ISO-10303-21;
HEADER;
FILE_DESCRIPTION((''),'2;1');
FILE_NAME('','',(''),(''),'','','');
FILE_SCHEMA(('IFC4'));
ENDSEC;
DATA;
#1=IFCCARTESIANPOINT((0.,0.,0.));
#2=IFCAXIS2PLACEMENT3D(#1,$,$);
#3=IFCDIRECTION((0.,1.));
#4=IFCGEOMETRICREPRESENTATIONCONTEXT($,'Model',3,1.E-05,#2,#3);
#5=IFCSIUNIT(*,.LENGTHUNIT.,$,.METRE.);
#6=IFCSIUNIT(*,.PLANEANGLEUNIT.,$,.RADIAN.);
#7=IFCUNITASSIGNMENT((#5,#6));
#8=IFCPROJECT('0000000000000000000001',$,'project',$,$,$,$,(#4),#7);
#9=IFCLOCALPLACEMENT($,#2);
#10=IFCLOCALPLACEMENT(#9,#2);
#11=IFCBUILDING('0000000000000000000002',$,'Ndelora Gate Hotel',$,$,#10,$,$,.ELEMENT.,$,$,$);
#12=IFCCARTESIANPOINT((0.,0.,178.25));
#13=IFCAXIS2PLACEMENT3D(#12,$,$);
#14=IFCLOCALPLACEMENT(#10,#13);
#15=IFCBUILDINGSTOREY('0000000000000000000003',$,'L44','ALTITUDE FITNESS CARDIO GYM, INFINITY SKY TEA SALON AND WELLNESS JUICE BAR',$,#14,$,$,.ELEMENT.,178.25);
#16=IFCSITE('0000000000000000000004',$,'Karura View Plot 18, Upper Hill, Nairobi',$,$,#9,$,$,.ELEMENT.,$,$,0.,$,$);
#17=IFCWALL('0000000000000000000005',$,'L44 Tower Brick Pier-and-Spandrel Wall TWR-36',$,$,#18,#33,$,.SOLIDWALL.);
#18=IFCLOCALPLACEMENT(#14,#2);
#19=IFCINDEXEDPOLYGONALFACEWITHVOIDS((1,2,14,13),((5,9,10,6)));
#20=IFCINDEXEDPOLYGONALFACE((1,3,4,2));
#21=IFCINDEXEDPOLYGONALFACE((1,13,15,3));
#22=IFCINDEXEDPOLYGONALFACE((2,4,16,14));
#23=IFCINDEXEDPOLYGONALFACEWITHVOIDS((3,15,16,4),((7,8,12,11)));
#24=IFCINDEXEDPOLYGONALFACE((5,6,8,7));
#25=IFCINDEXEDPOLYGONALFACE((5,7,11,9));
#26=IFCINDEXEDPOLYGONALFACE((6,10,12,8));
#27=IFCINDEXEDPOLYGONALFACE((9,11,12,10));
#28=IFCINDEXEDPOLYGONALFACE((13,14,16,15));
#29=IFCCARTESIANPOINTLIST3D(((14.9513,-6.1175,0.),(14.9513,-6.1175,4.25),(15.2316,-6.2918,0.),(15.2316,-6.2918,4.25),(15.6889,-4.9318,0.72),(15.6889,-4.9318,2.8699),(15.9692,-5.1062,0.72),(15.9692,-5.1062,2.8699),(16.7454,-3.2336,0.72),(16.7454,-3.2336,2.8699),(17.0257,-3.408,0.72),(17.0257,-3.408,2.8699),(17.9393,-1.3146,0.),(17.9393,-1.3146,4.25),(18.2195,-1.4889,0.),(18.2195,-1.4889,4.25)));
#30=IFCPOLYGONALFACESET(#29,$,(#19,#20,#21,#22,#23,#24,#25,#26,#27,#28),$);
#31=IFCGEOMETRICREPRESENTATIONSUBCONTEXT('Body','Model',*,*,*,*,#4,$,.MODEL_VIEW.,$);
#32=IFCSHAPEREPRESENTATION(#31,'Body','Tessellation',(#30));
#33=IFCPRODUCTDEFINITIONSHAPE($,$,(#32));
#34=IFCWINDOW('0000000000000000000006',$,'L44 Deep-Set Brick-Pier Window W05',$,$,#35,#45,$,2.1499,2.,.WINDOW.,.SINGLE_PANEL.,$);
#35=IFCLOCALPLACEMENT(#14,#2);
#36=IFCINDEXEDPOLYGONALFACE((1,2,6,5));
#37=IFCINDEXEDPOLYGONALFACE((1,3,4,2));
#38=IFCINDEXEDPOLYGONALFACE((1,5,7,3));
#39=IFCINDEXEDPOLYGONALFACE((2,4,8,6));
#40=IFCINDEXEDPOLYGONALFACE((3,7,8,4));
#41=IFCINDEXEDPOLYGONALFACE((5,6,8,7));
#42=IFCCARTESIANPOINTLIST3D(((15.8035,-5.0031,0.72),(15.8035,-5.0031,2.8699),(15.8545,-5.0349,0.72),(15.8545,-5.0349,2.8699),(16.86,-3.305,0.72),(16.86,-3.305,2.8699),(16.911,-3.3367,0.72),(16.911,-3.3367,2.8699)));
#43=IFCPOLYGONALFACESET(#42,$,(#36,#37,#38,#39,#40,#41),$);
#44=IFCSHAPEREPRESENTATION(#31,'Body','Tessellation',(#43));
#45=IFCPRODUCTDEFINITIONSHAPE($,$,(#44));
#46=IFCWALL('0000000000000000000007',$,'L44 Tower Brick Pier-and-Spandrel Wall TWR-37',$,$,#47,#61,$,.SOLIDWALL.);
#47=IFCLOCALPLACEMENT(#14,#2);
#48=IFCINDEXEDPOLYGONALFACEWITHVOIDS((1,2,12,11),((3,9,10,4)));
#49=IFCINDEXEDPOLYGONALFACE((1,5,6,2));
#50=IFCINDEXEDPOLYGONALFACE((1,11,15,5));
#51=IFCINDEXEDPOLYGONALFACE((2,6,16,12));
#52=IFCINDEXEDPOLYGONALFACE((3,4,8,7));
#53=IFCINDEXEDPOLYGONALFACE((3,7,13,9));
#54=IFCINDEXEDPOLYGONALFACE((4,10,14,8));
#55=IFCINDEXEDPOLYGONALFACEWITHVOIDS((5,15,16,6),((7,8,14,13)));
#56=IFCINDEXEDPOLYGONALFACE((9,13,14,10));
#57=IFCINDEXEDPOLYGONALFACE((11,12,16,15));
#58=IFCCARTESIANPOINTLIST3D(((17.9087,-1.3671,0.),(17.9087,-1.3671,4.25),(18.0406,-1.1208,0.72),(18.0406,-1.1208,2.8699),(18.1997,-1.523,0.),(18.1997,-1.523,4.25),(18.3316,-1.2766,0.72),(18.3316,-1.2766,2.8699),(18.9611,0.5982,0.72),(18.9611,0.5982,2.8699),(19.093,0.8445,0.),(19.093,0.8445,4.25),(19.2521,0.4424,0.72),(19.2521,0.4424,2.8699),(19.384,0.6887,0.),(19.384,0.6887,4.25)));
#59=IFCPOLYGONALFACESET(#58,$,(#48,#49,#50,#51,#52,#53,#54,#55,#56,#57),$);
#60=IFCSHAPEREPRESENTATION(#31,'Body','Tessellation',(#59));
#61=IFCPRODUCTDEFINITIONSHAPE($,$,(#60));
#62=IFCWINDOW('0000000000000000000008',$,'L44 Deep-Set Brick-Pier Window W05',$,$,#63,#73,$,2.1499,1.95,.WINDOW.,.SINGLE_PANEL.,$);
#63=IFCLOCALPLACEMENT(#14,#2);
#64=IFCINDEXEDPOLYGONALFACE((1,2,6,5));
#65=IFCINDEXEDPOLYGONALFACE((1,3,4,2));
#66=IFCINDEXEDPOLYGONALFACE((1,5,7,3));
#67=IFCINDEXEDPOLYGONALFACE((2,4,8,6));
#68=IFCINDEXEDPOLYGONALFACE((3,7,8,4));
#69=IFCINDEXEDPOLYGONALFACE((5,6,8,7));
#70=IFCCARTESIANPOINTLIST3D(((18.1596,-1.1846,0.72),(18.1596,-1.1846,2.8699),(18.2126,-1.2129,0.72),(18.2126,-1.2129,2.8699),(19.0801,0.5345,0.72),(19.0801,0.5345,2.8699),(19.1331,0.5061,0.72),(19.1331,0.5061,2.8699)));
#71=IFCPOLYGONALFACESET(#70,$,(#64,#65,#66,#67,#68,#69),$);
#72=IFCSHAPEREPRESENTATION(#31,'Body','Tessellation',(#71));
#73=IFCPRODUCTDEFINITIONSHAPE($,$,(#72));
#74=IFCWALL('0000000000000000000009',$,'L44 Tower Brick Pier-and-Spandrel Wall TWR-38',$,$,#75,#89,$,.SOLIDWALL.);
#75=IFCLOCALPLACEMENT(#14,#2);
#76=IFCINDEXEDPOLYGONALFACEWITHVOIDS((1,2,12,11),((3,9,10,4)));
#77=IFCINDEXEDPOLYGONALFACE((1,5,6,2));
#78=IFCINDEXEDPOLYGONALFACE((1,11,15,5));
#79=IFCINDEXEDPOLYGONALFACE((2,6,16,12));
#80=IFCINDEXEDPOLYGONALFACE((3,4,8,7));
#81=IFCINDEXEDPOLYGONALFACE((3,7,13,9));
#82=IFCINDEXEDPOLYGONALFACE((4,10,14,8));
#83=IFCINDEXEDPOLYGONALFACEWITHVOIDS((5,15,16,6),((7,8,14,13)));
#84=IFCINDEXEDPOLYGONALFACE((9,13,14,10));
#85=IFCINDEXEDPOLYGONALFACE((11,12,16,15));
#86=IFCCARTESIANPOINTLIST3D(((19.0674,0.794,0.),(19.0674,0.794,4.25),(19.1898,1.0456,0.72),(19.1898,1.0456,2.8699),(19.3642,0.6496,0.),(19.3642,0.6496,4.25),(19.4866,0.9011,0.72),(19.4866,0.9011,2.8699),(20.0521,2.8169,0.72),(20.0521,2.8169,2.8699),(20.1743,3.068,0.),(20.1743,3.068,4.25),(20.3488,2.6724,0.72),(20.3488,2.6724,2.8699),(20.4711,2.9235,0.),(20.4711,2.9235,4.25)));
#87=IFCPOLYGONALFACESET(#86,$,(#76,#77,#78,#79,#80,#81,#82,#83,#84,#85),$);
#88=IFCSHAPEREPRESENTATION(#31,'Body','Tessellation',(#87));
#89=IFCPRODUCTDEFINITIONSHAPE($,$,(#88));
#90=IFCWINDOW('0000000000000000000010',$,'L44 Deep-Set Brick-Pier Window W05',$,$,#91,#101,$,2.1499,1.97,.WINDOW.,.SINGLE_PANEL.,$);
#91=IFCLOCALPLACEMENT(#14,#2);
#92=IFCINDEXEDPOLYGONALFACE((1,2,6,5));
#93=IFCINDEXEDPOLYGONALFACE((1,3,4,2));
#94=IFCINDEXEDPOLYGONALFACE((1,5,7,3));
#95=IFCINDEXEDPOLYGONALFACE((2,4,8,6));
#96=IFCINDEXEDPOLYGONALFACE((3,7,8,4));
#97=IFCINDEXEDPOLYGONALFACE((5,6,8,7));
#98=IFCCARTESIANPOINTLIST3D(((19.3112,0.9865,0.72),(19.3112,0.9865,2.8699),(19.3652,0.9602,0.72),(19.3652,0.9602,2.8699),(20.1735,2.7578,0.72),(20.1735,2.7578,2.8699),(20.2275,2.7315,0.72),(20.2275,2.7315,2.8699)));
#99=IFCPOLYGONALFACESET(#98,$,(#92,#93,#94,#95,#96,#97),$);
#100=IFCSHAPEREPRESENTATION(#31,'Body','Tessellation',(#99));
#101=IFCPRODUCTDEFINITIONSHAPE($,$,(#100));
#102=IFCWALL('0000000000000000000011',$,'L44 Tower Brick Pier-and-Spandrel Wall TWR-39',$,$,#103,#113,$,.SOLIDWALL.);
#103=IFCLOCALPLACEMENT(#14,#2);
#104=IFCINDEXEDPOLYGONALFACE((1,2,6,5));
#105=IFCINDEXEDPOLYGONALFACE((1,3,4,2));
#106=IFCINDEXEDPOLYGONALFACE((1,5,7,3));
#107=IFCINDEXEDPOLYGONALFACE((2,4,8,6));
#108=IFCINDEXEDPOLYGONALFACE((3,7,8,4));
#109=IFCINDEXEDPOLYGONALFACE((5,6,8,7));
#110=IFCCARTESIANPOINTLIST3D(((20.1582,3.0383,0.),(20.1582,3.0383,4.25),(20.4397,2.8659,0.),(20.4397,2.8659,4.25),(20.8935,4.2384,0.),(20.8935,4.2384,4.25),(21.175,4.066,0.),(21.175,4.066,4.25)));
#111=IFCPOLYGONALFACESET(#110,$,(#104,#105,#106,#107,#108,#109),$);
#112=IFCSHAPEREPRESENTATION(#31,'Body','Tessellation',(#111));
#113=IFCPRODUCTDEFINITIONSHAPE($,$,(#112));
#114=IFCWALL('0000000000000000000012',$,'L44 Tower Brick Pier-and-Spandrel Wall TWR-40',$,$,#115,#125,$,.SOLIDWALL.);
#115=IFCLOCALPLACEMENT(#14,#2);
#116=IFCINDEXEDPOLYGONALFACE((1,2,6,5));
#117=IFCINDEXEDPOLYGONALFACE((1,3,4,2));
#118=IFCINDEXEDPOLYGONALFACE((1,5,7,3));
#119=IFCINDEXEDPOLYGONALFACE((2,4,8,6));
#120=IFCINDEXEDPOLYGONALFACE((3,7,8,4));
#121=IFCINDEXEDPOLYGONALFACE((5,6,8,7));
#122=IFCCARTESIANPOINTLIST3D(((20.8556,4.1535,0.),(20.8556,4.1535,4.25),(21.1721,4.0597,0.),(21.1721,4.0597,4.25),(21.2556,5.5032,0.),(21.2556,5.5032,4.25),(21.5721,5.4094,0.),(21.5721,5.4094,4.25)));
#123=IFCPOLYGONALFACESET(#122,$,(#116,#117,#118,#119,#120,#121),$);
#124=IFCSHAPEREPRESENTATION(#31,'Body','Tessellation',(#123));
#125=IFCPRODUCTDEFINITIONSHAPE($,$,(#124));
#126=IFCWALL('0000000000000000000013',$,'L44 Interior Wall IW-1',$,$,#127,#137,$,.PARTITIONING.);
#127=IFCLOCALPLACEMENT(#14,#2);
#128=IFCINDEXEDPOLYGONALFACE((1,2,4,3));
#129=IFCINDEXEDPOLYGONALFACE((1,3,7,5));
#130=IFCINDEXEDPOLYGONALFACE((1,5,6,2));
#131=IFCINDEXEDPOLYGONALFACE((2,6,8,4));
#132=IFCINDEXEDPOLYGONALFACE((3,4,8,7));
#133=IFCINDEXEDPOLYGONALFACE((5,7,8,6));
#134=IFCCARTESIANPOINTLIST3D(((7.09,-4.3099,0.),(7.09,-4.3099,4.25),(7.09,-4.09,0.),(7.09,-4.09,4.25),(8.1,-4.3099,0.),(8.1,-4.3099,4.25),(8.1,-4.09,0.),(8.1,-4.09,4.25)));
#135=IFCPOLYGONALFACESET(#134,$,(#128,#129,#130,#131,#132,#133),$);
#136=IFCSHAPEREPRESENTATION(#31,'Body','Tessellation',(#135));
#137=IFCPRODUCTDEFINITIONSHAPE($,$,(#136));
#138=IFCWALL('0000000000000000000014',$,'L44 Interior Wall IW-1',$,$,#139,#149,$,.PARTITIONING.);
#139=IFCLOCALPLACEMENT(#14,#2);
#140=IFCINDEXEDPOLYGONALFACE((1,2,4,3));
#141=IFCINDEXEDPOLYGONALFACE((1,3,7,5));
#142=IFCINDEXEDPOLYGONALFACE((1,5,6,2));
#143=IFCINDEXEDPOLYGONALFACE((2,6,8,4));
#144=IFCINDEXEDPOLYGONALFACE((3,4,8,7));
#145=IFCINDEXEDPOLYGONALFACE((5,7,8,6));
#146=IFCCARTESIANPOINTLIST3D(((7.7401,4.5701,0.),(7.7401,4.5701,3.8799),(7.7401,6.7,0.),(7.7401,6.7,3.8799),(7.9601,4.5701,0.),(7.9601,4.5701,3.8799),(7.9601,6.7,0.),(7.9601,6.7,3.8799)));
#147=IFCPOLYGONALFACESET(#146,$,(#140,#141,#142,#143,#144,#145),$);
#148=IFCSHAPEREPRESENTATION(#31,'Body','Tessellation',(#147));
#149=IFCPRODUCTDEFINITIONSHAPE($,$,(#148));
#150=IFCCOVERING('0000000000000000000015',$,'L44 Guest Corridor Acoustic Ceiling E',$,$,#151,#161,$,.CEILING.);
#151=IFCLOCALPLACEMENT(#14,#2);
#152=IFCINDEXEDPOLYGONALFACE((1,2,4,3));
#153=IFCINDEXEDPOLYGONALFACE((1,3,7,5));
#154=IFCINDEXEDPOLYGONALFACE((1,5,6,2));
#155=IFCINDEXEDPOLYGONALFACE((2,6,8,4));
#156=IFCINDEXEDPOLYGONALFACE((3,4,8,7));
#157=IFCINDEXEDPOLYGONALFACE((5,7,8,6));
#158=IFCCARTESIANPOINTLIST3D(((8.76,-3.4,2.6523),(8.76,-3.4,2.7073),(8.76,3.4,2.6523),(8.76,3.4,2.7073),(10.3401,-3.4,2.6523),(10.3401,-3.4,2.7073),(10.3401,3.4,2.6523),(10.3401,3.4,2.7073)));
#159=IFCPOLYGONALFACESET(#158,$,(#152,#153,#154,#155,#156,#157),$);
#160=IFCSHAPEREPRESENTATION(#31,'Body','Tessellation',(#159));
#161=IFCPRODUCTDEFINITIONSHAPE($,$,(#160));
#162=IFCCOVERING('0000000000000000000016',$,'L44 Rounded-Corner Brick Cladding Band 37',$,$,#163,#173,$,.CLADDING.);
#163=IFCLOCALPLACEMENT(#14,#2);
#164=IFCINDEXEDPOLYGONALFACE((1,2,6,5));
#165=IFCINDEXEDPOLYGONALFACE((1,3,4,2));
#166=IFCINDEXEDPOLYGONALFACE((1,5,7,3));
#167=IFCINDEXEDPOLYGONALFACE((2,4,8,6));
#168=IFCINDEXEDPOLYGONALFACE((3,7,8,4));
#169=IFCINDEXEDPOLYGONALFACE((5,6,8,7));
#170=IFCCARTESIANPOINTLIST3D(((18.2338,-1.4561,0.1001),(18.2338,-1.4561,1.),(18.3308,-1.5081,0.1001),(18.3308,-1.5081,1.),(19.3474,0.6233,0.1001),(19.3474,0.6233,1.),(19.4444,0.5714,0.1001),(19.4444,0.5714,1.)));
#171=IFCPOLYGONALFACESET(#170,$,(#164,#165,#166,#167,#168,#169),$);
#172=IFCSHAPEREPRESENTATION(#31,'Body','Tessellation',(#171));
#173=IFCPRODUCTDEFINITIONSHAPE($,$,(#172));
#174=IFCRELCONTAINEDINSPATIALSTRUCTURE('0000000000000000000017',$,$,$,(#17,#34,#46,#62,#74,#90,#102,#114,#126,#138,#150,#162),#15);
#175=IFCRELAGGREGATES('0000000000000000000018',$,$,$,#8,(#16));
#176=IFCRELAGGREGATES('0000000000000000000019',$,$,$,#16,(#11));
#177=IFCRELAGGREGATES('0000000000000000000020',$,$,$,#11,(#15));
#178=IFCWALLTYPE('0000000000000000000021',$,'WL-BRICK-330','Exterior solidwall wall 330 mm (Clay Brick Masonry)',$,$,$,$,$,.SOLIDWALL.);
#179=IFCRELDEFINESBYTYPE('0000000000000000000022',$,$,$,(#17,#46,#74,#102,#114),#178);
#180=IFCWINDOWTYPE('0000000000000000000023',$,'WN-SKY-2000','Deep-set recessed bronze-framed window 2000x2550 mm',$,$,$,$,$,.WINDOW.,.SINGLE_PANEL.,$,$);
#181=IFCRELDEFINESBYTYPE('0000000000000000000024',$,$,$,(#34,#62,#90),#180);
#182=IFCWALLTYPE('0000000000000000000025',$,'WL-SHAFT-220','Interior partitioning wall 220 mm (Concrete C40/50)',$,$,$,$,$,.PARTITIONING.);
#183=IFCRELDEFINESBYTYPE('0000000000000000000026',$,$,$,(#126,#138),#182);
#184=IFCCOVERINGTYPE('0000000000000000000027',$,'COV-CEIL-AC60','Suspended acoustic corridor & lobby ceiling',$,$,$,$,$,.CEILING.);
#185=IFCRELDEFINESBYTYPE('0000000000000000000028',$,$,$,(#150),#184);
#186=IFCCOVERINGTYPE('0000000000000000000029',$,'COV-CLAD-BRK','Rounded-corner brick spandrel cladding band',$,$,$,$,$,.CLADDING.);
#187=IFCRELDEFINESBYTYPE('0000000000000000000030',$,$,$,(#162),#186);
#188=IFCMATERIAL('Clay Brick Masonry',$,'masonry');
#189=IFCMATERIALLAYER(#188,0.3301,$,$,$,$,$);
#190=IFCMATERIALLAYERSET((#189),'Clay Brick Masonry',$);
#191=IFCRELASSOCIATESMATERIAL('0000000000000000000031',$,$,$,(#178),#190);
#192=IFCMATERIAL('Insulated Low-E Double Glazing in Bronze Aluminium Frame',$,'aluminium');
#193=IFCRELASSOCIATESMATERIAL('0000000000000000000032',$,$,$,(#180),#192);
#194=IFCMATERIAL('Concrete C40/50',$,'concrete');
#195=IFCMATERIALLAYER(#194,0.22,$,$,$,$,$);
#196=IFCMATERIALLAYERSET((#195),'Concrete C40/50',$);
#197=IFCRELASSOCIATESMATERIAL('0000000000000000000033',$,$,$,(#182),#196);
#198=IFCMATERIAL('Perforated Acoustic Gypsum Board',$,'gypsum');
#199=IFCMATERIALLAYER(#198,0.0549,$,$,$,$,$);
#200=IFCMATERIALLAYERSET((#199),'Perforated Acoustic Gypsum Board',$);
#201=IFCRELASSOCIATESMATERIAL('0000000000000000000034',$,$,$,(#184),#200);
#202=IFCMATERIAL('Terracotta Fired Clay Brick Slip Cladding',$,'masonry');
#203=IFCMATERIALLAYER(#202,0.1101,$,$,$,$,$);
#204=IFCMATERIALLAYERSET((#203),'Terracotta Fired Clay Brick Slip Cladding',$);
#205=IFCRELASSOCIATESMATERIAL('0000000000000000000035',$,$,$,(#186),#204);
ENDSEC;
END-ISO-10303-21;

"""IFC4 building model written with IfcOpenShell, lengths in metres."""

from ifc_helpers import new_model, si_unit, direction, frame, frame_2d, origin, origin_2d, place, context, subcontext, project, spatial, rectangle, extrude, material, layer, layer_set, type_object, element, fill, save


model = new_model("IFC4")

# Units and contexts
model_context = context("Model", 3, precision=1e-05, world=origin(), true_north=direction((0.0, 1.0)))
body_context = subcontext(model_context, "Body", "Model", "MODEL_VIEW")
ifc_project = project(units=[si_unit("LENGTHUNIT", "METRE"), si_unit("PLANEANGLEUNIT", "RADIAN")], contexts=[model_context])

# Site, building, storey
site_placement = place(None, origin())
site = spatial("IfcSite", under=ifc_project, at=site_placement, Name="Karura View Plot 18, Upper Hill, Nairobi", CompositionType="ELEMENT", RefElevation=0.0)
building_placement = place(site_placement, origin())
building = spatial("IfcBuilding", under=site, at=building_placement, Name="Ndelora Gate Hotel", CompositionType="ELEMENT")
storey_placement = place(building_placement, frame((0.0, 0.0, 178.25)))
storey = spatial("IfcBuildingStorey", under=building, at=storey_placement, Name="L44", Description="ALTITUDE FITNESS CARDIO GYM, INFINITY SKY TEA SALON AND WELLNESS JUICE BAR", CompositionType="ELEMENT", Elevation=178.25)

# Walls, openings, windows
ifc_material_1 = material(Name="Clay Brick Masonry", Category="masonry")
ifc_layer_1 = layer(ifc_material_1, 0.3301)
ifc_layer_set_1 = layer_set([ifc_layer_1], Name="Clay Brick Masonry")
wall_type_1 = type_object("IfcWallType", Name="WL-BRICK-330", Description="Exterior solidwall wall 330 mm (Clay Brick Masonry)", PredefinedType="SOLIDWALL", material=ifc_layer_set_1)
wall_1_placement = place(storey_placement, frame((18.0793, -1.4019, 0.0), z_axis=(0.0, 0.0, 1.0), x_axis=(-0.52824, -0.849095, 0.0)))
wall_1 = element("IfcWall", 1, at=wall_1_placement, inside=storey, type_object=wall_type_1, Name="L44 Tower Brick Pier-and-Spandrel Wall TWR-36", PredefinedType="SOLIDWALL", context=body_context, shape_type="SweptSolid", body=[
    extrude(rectangle(XDim=5.6565, YDim=0.3301, at=frame_2d((2.8281, 0.0))), origin(), (0.0, 0.0, 1.0), 4.25),
])
opening_1_placement = place(wall_1_placement, frame((2.26, 0.0, 0.72)))
opening_1 = element("IfcOpeningElement", 2, at=opening_1_placement, cuts=wall_1, PredefinedType="OPENING", context=body_context, shape_type="SweptSolid", body=[
    extrude(rectangle(XDim=2.0, YDim=2.1499, at=frame_2d((1.0, 1.075))), frame((0.0, 0.175, 0.0), z_axis=(0.0, -1.0, 0.0), x_axis=(1.0, 0.0, 0.0)), (0.0, 0.0, 1.0), 0.3501),
])
ifc_material_2 = material(Name="Insulated Low-E Double Glazing in Bronze Aluminium Frame", Category="aluminium")
window_type = type_object("IfcWindowType", Name="WN-SKY-2000", Description="Deep-set recessed bronze-framed window 2000x2550 mm", PartitioningType="SINGLE_PANEL", PredefinedType="WINDOW", material=ifc_material_2)
window_1_placement = place(opening_1_placement, origin())
window_1 = element("IfcWindow", 3, at=window_1_placement, inside=storey, type_object=window_type, Name="L44 Deep-Set Brick-Pier Window W05", OverallHeight=2.1499, OverallWidth=2.0, PartitioningType="SINGLE_PANEL", PredefinedType="WINDOW", context=body_context, shape_type="SweptSolid", body=[
    extrude(rectangle(XDim=2.0, YDim=2.1499, at=frame_2d((1.0, 1.075))), frame((0.0, 0.03, 0.0), z_axis=(0.0, -1.0, 0.0), x_axis=(1.0, 0.0, 0.0)), (0.0, 0.0, 1.0), 0.0601),
])
fill(opening_1, window_1)
wall_2_placement = place(storey_placement, frame((19.2385, 0.7666, 0.0), z_axis=(0.0, 0.0, 1.0), x_axis=(-0.472067, -0.881562, 0.0)))
wall_2 = element("IfcWall", 4, at=wall_2_placement, inside=storey, type_object=wall_type_1, Name="L44 Tower Brick Pier-and-Spandrel Wall TWR-37", PredefinedType="SOLIDWALL", context=body_context, shape_type="SweptSolid", body=[
    extrude(rectangle(XDim=2.5088, YDim=0.3301, at=frame_2d((1.2544, 0.0))), origin(), (0.0, 0.0, 1.0), 4.25),
])
opening_2_placement = place(wall_2_placement, frame((0.2793, 0.0, 0.72)))
opening_2 = element("IfcOpeningElement", 5, at=opening_2_placement, cuts=wall_2, PredefinedType="OPENING", context=body_context, shape_type="SweptSolid", body=[
    extrude(rectangle(XDim=1.95, YDim=2.1499, at=frame_2d((0.9751, 1.075))), frame((0.0, 0.175, 0.0), z_axis=(0.0, -1.0, 0.0), x_axis=(1.0, 0.0, 0.0)), (0.0, 0.0, 1.0), 0.3501),
])
window_2_placement = place(opening_2_placement, origin())
window_2 = element("IfcWindow", 6, at=window_2_placement, inside=storey, type_object=window_type, Name="L44 Deep-Set Brick-Pier Window W05", OverallHeight=2.1499, OverallWidth=1.95, PartitioningType="SINGLE_PANEL", PredefinedType="WINDOW", context=body_context, shape_type="SweptSolid", body=[
    extrude(rectangle(XDim=1.95, YDim=2.1499, at=frame_2d((0.9751, 1.075))), frame((0.0, 0.03, 0.0), z_axis=(0.0, -1.0, 0.0), x_axis=(1.0, 0.0, 0.0)), (0.0, 0.0, 1.0), 0.0601),
])
fill(opening_2, window_2)
wall_3_placement = place(storey_placement, frame((20.3228, 2.9958, 0.0), z_axis=(0.0, 0.0, 1.0), x_axis=(-0.437689, -0.899126, 0.0)))
wall_3 = element("IfcWall", 7, at=wall_3_placement, inside=storey, type_object=wall_type_1, Name="L44 Tower Brick Pier-and-Spandrel Wall TWR-38", PredefinedType="SOLIDWALL", context=body_context, shape_type="SweptSolid", body=[
    extrude(rectangle(XDim=2.5291, YDim=0.3301, at=frame_2d((1.2646, 0.0))), origin(), (0.0, 0.0, 1.0), 4.25),
])
opening_3_placement = place(wall_3_placement, frame((0.2795, 0.0, 0.72)))
opening_3 = element("IfcOpeningElement", 8, at=opening_3_placement, cuts=wall_3, PredefinedType="OPENING", context=body_context, shape_type="SweptSolid", body=[
    extrude(rectangle(XDim=1.97, YDim=2.1499, at=frame_2d((0.9849, 1.075))), frame((0.0, 0.175, 0.0), z_axis=(0.0, -1.0, 0.0), x_axis=(1.0, 0.0, 0.0)), (0.0, 0.0, 1.0), 0.3501),
])
window_3_placement = place(opening_3_placement, origin())
window_3 = element("IfcWindow", 9, at=window_3_placement, inside=storey, type_object=window_type, Name="L44 Deep-Set Brick-Pier Window W05", OverallHeight=2.1499, OverallWidth=1.97, PartitioningType="SINGLE_PANEL", PredefinedType="WINDOW", context=body_context, shape_type="SweptSolid", body=[
    extrude(rectangle(XDim=1.97, YDim=2.1499, at=frame_2d((0.9849, 1.075))), frame((0.0, 0.03, 0.0), z_axis=(0.0, -1.0, 0.0), x_axis=(1.0, 0.0, 0.0)), (0.0, 0.0, 1.0), 0.0601),
])
fill(opening_3, window_3)

# Walls
wall_4_placement = place(storey_placement, frame((21.0342, 4.1521, 0.0), z_axis=(0.0, 0.0, 1.0), x_axis=(-0.522432, -0.852681, 0.0)))
element("IfcWall", 10, at=wall_4_placement, inside=storey, type_object=wall_type_1, Name="L44 Tower Brick Pier-and-Spandrel Wall TWR-39", PredefinedType="SOLIDWALL", context=body_context, shape_type="SweptSolid", body=[
    extrude(rectangle(XDim=1.4075, YDim=0.3301, at=frame_2d((0.7036, 0.0))), origin(), (0.0, 0.0, 1.0), 4.25),
])
wall_5_placement = place(storey_placement, frame((21.4138, 5.4563, 0.0), z_axis=(0.0, 0.0, 1.0), x_axis=(-0.2841, -0.958795, 0.0)))
element("IfcWall", 11, at=wall_5_placement, inside=storey, type_object=wall_type_1, Name="L44 Tower Brick Pier-and-Spandrel Wall TWR-40", PredefinedType="SOLIDWALL", context=body_context, shape_type="SweptSolid", body=[
    extrude(rectangle(XDim=1.4077, YDim=0.3301, at=frame_2d((0.7039, 0.0))), origin(), (0.0, 0.0, 1.0), 4.25),
])

# Shared definitions
ifc_material_3 = material(Name="Concrete C40/50", Category="concrete")

# Walls
ifc_layer_2 = layer(ifc_material_3, 0.22)
ifc_layer_set_2 = layer_set([ifc_layer_2], Name="Concrete C40/50")
wall_type_2 = type_object("IfcWallType", Name="WL-SHAFT-220", Description="Interior partitioning wall 220 mm (Concrete C40/50)", PredefinedType="PARTITIONING", material=ifc_layer_set_2)
wall_6_placement = place(storey_placement, frame((7.0901, -4.2, 0.0), z_axis=(0.0, 0.0, 1.0), x_axis=(1.0, 0.0, 0.0)))
element("IfcWall", 12, at=wall_6_placement, inside=storey, type_object=wall_type_2, Name="L44 Interior Wall IW-1", PredefinedType="PARTITIONING", context=body_context, shape_type="SweptSolid", body=[
    extrude(rectangle(XDim=1.01, YDim=0.22, at=frame_2d((0.5049, 0.0))), origin(), (0.0, 0.0, 1.0), 4.25),
])
wall_7_placement = place(storey_placement, frame((7.8501, 4.5701, 0.0), z_axis=(0.0, 0.0, 1.0), x_axis=(0.0, 1.0, 0.0)))
element("IfcWall", 13, at=wall_7_placement, inside=storey, type_object=wall_type_2, Name="L44 Interior Wall IW-1", PredefinedType="PARTITIONING", context=body_context, shape_type="SweptSolid", body=[
    extrude(rectangle(XDim=2.1299, YDim=0.22, at=frame_2d((1.0649, 0.0))), origin(), (0.0, 0.0, 1.0), 3.8799),
])

# Coverings
ifc_material_4 = material(Name="Perforated Acoustic Gypsum Board", Category="gypsum")
ifc_layer_3 = layer(ifc_material_4, 0.0549)
ifc_layer_set_3 = layer_set([ifc_layer_3], Name="Perforated Acoustic Gypsum Board")
covering_type_1 = type_object("IfcCoveringType", Name="COV-CEIL-AC60", Description="Suspended acoustic corridor & lobby ceiling", PredefinedType="CEILING", material=ifc_layer_set_3)
covering_1_placement = place(storey_placement, frame((9.55, 0.0, 2.6523), z_axis=(0.0, 0.0, 1.0), x_axis=(1.0, 0.0, 0.0)))
element("IfcCovering", 14, at=covering_1_placement, inside=storey, type_object=covering_type_1, Name="L44 Guest Corridor Acoustic Ceiling E", PredefinedType="CEILING", context=body_context, shape_type="SweptSolid", body=[
    extrude(rectangle(XDim=1.5801, YDim=6.8, at=origin_2d()), origin(), (0.0, 0.0, 1.0), 0.0549),
])
ifc_material_5 = material(Name="Terracotta Fired Clay Brick Slip Cladding", Category="masonry")
ifc_layer_4 = layer(ifc_material_5, 0.1101)
ifc_layer_set_4 = layer_set([ifc_layer_4], Name="Terracotta Fired Clay Brick Slip Cladding")
covering_type_2 = type_object("IfcCoveringType", Name="COV-CLAD-BRK", Description="Rounded-corner brick spandrel cladding band", PredefinedType="CLADDING", material=ifc_layer_set_4)
covering_2_placement = place(storey_placement, frame((18.8391, -0.4424, 0.1001), z_axis=(0.0, 0.0, 1.0), x_axis=(0.472089, 0.881551, 0.0)))
element("IfcCovering", 15, at=covering_2_placement, inside=storey, type_object=covering_type_2, Name="L44 Rounded-Corner Brick Cladding Band 37", PredefinedType="CLADDING", context=body_context, shape_type="SweptSolid", body=[
    extrude(rectangle(XDim=2.3589, YDim=0.1101, at=origin_2d()), origin(), (0.0, 0.0, 1.0), 0.8999),
])

save(model, "model.ifc")
